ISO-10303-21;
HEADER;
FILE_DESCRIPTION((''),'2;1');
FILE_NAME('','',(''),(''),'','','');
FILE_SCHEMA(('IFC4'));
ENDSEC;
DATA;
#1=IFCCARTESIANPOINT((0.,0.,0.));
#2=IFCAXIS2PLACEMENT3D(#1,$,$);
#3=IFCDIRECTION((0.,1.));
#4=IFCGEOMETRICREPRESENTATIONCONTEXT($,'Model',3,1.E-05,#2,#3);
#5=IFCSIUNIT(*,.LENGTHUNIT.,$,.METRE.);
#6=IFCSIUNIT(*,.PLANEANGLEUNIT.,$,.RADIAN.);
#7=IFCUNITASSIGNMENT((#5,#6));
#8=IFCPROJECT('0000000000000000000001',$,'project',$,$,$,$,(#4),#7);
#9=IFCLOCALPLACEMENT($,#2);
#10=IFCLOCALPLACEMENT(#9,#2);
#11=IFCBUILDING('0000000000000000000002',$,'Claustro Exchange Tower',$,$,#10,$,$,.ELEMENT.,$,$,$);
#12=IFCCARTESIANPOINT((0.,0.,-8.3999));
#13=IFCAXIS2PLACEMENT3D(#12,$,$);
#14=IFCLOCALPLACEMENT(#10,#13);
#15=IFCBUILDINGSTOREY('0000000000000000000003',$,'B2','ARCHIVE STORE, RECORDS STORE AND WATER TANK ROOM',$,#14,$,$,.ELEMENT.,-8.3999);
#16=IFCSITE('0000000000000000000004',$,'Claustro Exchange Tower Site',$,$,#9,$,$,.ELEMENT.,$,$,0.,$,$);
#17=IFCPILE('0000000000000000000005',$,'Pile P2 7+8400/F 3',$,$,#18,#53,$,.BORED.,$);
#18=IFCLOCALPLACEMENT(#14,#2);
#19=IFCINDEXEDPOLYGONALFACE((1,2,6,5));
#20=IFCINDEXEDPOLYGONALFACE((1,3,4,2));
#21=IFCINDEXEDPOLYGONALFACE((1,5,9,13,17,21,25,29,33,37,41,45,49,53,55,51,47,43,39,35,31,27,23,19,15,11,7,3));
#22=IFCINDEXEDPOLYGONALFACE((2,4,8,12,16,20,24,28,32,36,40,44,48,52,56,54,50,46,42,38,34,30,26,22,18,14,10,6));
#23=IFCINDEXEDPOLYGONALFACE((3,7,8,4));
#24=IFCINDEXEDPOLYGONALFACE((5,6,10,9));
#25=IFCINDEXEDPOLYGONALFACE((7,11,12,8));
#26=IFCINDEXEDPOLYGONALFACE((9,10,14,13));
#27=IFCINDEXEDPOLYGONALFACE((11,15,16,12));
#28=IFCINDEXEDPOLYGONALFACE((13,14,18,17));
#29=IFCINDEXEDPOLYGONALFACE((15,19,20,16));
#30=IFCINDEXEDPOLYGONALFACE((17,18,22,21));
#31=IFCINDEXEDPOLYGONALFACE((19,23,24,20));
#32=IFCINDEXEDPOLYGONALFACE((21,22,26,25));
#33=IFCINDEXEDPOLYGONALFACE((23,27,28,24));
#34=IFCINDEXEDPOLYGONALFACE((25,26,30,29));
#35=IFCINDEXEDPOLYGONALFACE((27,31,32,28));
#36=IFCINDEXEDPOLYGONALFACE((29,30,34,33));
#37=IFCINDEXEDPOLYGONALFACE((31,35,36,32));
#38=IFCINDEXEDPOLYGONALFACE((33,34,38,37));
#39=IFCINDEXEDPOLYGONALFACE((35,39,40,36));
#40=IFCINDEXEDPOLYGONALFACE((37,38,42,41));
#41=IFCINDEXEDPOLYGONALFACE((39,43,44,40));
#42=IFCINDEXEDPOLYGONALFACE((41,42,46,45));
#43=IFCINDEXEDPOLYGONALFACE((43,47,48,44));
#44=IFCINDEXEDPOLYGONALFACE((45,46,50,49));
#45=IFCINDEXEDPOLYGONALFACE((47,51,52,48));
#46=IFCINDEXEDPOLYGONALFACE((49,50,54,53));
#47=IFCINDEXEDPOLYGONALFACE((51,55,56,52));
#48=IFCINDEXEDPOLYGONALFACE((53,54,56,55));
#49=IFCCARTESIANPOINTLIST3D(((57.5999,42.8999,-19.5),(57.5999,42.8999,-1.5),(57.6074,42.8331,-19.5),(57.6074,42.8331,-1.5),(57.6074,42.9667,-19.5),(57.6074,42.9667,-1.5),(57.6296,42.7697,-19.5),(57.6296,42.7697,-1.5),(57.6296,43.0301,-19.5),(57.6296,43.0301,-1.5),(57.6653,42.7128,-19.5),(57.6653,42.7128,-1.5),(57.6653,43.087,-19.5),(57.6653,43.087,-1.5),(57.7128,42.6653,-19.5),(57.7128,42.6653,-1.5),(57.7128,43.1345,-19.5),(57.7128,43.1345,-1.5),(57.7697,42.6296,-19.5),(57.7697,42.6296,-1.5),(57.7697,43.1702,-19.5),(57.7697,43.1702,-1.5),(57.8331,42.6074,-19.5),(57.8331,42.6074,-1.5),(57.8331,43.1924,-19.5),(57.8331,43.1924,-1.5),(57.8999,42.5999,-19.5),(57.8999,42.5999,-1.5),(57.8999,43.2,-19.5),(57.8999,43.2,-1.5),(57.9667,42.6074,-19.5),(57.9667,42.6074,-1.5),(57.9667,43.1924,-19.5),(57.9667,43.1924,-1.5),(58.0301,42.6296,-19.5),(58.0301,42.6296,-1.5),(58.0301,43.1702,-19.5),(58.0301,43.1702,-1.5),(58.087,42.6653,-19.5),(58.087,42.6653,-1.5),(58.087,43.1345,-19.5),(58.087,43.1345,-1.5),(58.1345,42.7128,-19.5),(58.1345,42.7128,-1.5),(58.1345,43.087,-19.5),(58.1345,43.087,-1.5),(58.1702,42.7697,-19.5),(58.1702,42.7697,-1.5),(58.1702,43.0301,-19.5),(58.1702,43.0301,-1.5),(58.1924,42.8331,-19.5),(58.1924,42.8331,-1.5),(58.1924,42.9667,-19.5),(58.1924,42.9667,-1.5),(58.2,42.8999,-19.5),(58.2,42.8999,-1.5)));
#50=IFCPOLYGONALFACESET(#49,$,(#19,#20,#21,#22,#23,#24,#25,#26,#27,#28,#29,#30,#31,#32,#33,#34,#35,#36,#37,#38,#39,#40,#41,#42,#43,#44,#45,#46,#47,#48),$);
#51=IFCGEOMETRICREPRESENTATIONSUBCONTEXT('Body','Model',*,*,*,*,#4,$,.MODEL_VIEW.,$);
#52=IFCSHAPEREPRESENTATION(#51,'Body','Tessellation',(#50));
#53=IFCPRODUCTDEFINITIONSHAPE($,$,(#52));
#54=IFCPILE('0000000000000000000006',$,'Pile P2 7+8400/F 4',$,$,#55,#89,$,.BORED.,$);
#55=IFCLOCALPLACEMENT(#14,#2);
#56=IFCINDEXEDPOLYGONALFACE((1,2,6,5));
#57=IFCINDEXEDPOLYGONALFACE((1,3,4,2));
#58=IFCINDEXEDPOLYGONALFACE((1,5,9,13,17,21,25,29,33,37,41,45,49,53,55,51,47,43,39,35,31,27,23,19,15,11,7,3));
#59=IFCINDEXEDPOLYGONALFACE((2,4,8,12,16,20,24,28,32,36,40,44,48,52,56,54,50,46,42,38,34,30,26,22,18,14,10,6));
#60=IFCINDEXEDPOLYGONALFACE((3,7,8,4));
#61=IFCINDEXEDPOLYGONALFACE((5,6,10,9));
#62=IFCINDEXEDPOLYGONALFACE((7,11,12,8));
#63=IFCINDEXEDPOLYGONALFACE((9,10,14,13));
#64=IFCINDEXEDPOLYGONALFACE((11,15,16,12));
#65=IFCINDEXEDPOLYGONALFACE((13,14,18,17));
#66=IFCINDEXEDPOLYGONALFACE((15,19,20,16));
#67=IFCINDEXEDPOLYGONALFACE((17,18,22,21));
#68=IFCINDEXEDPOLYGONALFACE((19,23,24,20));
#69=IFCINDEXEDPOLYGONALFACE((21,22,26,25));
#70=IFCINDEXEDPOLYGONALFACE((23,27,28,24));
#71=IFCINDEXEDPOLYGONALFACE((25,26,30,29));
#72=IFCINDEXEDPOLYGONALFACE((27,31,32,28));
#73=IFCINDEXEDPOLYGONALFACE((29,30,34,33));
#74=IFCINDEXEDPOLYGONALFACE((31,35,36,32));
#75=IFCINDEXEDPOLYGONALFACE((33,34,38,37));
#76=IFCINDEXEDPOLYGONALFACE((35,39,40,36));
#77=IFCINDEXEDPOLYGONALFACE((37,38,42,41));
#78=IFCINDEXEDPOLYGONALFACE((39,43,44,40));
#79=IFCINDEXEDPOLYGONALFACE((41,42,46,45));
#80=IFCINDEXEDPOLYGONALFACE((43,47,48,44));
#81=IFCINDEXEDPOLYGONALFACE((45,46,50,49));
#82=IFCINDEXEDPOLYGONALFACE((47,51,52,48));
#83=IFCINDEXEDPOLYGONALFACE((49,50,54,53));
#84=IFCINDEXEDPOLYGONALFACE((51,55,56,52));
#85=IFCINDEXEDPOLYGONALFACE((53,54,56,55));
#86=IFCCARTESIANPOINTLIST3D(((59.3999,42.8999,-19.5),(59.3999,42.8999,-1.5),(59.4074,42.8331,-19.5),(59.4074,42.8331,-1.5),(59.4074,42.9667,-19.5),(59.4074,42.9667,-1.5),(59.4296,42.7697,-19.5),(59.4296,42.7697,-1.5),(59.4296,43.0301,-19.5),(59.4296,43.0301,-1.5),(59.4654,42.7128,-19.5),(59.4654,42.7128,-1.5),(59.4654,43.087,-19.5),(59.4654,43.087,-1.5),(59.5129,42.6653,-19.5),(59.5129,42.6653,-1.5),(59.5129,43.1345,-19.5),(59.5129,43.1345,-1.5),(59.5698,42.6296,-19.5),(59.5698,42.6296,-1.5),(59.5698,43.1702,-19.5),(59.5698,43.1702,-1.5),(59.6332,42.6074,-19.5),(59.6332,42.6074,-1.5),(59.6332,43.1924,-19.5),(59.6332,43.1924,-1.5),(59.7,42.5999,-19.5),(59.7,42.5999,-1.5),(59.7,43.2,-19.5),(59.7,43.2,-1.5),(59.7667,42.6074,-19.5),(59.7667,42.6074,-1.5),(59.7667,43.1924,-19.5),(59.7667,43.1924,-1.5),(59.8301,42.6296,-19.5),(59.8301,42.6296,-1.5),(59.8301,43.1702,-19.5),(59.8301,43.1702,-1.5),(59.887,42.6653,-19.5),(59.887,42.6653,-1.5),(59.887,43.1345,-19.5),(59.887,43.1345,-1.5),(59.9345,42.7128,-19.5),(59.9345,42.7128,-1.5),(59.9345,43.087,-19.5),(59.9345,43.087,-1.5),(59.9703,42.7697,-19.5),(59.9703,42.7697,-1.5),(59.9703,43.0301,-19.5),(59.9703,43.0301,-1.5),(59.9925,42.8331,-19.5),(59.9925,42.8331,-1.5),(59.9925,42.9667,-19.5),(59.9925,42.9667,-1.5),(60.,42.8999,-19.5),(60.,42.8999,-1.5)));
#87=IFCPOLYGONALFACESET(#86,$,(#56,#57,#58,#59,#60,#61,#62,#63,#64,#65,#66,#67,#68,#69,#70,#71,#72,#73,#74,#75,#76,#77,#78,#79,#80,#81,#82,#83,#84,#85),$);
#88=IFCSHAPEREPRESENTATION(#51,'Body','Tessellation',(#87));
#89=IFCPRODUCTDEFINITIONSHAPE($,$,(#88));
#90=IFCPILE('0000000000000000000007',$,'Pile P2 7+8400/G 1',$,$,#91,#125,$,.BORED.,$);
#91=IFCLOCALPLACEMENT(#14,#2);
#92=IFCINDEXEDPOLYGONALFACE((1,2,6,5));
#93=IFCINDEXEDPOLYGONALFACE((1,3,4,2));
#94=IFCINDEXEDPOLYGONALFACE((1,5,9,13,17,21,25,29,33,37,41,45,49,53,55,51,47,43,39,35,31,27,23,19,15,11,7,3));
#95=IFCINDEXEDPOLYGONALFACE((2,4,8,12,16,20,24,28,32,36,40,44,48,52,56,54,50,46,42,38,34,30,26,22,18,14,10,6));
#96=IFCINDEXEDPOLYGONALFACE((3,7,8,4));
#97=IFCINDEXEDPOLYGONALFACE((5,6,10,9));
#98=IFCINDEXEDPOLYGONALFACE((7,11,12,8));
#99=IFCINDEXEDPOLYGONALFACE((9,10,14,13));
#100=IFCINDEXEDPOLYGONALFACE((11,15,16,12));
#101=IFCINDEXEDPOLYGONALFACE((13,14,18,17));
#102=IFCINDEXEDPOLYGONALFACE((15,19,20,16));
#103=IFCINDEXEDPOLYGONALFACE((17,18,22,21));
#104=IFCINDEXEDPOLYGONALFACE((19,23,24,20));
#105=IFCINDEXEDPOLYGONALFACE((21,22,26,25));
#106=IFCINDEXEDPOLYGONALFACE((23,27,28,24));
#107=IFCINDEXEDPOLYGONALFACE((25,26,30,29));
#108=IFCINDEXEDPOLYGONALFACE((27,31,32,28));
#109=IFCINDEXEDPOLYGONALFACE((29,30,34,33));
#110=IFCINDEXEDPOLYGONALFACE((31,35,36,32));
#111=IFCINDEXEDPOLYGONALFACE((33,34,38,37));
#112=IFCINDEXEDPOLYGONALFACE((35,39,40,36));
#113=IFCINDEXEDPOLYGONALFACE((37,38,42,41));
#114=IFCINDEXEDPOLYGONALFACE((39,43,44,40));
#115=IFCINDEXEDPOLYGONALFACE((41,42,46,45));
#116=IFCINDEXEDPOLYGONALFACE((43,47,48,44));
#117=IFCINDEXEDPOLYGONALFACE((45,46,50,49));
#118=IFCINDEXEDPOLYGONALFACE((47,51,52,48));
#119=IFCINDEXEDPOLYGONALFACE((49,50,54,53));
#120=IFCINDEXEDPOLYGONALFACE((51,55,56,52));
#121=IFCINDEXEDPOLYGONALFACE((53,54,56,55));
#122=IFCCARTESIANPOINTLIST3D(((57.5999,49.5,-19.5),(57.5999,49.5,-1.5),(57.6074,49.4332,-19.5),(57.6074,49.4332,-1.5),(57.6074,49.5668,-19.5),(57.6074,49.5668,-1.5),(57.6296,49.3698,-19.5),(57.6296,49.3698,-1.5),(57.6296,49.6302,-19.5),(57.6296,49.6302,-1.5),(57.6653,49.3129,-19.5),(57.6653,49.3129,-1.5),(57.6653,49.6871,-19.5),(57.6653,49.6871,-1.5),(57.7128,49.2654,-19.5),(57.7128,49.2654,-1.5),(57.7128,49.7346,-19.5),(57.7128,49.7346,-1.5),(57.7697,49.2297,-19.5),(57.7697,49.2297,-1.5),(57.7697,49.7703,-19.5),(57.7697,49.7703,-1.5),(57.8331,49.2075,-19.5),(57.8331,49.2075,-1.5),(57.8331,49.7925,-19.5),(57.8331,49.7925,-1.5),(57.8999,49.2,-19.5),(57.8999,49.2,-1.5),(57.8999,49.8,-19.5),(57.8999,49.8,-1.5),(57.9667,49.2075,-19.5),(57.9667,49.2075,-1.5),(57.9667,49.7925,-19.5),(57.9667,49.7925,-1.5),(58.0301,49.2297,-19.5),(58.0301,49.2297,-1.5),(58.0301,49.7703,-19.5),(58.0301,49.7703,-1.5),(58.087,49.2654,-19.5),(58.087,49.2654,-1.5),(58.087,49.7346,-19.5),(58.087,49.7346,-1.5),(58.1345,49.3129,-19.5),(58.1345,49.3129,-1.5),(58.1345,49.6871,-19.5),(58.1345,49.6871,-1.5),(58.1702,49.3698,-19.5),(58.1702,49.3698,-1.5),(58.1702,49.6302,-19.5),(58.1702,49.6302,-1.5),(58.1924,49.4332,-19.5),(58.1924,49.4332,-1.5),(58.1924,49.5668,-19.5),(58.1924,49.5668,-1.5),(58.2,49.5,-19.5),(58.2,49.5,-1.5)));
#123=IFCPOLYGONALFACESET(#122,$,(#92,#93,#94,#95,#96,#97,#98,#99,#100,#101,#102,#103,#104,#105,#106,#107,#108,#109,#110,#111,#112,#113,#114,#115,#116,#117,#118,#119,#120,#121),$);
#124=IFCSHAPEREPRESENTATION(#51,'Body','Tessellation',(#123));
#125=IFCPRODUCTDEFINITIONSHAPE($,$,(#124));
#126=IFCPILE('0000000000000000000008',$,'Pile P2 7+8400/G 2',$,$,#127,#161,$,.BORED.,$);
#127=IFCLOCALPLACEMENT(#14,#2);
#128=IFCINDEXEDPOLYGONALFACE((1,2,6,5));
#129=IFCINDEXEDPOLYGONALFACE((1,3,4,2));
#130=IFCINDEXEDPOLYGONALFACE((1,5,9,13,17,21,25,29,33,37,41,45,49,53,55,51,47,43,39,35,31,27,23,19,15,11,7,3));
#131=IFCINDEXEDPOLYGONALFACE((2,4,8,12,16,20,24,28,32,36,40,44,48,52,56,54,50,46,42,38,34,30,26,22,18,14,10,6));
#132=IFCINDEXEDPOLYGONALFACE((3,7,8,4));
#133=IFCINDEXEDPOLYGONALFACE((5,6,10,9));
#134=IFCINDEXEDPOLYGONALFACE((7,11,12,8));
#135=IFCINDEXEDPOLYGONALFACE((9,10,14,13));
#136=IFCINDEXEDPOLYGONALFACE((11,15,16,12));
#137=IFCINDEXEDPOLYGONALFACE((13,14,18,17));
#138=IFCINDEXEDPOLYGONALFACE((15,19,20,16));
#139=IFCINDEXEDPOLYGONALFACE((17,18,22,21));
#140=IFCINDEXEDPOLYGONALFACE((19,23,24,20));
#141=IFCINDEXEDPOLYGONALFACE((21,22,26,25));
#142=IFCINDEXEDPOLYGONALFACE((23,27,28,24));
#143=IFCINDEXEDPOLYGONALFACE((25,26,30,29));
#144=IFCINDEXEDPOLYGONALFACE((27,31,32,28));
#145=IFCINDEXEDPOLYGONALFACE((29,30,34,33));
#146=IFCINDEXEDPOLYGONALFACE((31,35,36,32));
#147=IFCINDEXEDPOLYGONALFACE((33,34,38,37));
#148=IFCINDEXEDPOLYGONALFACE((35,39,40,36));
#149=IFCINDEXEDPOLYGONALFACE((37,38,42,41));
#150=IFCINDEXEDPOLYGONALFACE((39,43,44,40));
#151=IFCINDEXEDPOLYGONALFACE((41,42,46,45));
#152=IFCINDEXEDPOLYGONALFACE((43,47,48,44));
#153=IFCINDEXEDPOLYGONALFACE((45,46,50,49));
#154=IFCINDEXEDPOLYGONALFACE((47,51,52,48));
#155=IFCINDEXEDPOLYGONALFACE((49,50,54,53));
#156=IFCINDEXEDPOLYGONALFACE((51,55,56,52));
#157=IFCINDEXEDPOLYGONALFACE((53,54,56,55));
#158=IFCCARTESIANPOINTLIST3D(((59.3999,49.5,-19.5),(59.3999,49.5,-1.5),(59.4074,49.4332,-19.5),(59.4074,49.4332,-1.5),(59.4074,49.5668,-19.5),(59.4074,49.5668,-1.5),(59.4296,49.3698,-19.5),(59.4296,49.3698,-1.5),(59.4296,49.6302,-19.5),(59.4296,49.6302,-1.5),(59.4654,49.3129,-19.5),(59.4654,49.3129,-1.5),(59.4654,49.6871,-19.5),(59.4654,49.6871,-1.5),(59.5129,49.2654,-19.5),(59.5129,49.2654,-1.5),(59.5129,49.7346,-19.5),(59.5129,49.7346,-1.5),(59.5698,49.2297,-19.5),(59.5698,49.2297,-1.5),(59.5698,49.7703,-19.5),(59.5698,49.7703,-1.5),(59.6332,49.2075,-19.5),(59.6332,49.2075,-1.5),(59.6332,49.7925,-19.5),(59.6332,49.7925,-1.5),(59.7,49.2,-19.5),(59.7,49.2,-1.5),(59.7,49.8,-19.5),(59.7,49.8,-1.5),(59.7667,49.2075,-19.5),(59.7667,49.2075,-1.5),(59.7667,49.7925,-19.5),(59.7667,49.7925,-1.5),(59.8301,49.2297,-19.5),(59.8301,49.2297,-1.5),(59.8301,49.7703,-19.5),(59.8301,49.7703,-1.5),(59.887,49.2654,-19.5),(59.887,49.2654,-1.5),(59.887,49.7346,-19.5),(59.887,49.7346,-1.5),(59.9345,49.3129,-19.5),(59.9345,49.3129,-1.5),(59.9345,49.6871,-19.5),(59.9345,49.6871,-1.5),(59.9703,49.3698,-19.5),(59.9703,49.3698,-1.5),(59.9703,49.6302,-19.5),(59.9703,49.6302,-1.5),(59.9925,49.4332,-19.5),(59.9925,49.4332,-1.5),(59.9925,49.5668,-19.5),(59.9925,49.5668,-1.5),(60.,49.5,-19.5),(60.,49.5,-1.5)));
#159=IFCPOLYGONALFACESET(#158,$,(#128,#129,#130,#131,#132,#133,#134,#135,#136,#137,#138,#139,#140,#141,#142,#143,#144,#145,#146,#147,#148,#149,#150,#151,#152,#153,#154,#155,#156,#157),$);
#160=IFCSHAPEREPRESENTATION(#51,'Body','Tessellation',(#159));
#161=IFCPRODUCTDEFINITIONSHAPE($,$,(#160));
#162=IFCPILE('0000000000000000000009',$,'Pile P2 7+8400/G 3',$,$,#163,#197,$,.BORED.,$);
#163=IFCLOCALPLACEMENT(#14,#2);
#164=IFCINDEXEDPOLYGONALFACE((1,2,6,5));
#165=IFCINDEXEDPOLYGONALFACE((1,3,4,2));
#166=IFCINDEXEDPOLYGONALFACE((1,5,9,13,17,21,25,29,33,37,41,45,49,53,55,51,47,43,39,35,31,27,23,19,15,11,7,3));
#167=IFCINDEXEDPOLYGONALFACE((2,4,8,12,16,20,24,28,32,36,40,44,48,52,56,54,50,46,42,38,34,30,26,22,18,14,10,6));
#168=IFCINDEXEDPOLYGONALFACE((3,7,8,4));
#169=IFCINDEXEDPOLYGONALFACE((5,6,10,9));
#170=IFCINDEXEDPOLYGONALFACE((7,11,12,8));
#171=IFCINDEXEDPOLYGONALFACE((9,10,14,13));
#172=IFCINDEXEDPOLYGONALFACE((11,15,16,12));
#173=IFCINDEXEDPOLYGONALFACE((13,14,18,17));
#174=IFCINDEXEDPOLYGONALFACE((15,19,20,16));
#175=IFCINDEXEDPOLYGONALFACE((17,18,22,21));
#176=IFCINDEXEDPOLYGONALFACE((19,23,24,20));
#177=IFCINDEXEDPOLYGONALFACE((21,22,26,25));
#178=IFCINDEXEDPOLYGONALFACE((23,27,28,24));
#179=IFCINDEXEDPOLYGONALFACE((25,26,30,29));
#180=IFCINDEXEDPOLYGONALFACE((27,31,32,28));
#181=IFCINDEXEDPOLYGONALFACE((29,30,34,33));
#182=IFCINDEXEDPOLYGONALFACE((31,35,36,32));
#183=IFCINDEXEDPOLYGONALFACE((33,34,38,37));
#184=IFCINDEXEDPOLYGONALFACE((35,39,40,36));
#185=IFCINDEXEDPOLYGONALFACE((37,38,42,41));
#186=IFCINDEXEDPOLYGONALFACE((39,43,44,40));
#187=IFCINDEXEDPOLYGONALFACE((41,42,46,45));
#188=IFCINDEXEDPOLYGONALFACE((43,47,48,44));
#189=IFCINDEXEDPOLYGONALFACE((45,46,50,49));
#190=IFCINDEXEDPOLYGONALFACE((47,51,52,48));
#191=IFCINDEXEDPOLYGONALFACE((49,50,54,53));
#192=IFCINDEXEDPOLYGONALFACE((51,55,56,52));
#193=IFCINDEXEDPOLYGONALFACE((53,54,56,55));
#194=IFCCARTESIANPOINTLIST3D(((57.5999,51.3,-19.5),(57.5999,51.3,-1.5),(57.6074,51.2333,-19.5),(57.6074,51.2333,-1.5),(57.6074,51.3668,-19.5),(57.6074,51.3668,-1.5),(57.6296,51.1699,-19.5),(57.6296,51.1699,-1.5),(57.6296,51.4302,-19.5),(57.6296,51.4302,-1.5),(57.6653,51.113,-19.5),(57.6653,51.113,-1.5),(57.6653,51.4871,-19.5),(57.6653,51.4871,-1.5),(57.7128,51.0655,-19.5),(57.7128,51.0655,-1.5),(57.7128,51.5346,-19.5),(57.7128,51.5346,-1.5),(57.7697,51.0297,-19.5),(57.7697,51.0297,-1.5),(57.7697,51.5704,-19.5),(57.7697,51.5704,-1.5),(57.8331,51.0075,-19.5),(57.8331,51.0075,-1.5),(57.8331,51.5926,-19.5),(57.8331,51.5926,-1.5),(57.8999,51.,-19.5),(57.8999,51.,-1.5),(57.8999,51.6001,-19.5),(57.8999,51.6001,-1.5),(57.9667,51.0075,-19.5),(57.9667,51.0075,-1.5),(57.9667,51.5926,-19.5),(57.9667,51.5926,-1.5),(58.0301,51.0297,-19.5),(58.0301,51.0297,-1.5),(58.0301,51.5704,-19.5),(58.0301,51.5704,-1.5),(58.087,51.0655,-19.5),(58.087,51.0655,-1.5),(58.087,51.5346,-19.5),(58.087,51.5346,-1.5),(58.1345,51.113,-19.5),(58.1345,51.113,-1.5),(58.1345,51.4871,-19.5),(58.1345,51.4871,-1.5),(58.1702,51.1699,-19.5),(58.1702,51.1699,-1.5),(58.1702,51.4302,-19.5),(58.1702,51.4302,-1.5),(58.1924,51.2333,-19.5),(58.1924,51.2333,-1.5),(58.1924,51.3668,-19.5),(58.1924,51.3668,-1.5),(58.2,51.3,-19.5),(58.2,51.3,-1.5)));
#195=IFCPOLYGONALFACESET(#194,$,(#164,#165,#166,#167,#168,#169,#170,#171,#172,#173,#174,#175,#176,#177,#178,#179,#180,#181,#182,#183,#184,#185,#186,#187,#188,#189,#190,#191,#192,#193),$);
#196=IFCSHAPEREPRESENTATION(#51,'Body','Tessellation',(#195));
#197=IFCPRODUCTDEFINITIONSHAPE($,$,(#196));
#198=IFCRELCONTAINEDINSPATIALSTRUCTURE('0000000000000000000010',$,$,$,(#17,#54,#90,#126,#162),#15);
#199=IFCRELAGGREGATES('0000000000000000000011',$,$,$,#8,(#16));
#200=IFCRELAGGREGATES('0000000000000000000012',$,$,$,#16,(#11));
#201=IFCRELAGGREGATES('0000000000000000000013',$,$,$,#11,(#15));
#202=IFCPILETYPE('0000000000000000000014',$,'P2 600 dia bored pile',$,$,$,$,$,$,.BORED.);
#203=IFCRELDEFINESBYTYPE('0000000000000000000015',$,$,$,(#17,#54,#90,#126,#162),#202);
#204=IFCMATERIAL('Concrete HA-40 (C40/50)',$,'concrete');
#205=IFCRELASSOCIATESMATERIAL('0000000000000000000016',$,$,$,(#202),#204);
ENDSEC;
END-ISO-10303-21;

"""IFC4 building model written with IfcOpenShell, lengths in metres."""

from ifc_helpers import new_model, si_unit, direction, frame, origin, origin_2d, place, context, subcontext, project, spatial, circle, extrude, material, type_object, element, save


model = new_model("IFC4")

# Units and contexts
model_context = context("Model", 3, precision=1e-05, world=origin(), true_north=direction((0.0, 1.0)))
body_context = subcontext(model_context, "Body", "Model", "MODEL_VIEW")
ifc_project = project(units=[si_unit("LENGTHUNIT", "METRE"), si_unit("PLANEANGLEUNIT", "RADIAN")], contexts=[model_context])

# Site, building, storey
site_placement = place(None, origin())
site = spatial("IfcSite", under=ifc_project, at=site_placement, Name="Claustro Exchange Tower Site", CompositionType="ELEMENT", RefElevation=0.0)
building_placement = place(site_placement, origin())
building = spatial("IfcBuilding", under=site, at=building_placement, Name="Claustro Exchange Tower", CompositionType="ELEMENT")
storey_placement = place(building_placement, frame((0.0, 0.0, -8.3999)))
storey = spatial("IfcBuildingStorey", under=building, at=storey_placement, Name="B2", Description="ARCHIVE STORE, RECORDS STORE AND WATER TANK ROOM", CompositionType="ELEMENT", Elevation=-8.3999)

# Piles
ifc_material_1 = material(Name="Concrete HA-40 (C40/50)", Category="concrete")
pile_type_1 = type_object("IfcPileType", Name="P2 600 dia bored pile", PredefinedType="BORED", material=ifc_material_1)
for number, where, z_axis, x_axis, name in (
    (1, (57.8999, 42.8999, -1.5), (0.0, 0.0, -1.0), (1.0, 0.0, 0.0), "Pile P2 7+8400/F 3"),
    (2, (59.7, 42.8999, -1.5), (0.0, 0.0, -1.0), (1.0, 0.0, 0.0), "Pile P2 7+8400/F 4"),
    (3, (57.8999, 49.5, -1.5), (0.0, 0.0, -1.0), (1.0, 0.0, 0.0), "Pile P2 7+8400/G 1"),
    (4, (59.7, 49.5, -1.5), (0.0, 0.0, -1.0), (1.0, 0.0, 0.0), "Pile P2 7+8400/G 2"),
    (5, (57.8999, 51.3, -1.5), (0.0, 0.0, -1.0), (1.0, 0.0, 0.0), "Pile P2 7+8400/G 3"),
):
    element("IfcPile", number, at=place(storey_placement, frame(where, z_axis=z_axis, x_axis=x_axis)), inside=storey, type_object=pile_type_1, Name=name, PredefinedType="BORED", context=body_context, shape_type="SweptSolid", body=[
        extrude(circle(Radius=0.3, at=origin_2d()), origin(), (0.0, 0.0, 1.0), 18.0),
    ])

save(model, "model.ifc")
